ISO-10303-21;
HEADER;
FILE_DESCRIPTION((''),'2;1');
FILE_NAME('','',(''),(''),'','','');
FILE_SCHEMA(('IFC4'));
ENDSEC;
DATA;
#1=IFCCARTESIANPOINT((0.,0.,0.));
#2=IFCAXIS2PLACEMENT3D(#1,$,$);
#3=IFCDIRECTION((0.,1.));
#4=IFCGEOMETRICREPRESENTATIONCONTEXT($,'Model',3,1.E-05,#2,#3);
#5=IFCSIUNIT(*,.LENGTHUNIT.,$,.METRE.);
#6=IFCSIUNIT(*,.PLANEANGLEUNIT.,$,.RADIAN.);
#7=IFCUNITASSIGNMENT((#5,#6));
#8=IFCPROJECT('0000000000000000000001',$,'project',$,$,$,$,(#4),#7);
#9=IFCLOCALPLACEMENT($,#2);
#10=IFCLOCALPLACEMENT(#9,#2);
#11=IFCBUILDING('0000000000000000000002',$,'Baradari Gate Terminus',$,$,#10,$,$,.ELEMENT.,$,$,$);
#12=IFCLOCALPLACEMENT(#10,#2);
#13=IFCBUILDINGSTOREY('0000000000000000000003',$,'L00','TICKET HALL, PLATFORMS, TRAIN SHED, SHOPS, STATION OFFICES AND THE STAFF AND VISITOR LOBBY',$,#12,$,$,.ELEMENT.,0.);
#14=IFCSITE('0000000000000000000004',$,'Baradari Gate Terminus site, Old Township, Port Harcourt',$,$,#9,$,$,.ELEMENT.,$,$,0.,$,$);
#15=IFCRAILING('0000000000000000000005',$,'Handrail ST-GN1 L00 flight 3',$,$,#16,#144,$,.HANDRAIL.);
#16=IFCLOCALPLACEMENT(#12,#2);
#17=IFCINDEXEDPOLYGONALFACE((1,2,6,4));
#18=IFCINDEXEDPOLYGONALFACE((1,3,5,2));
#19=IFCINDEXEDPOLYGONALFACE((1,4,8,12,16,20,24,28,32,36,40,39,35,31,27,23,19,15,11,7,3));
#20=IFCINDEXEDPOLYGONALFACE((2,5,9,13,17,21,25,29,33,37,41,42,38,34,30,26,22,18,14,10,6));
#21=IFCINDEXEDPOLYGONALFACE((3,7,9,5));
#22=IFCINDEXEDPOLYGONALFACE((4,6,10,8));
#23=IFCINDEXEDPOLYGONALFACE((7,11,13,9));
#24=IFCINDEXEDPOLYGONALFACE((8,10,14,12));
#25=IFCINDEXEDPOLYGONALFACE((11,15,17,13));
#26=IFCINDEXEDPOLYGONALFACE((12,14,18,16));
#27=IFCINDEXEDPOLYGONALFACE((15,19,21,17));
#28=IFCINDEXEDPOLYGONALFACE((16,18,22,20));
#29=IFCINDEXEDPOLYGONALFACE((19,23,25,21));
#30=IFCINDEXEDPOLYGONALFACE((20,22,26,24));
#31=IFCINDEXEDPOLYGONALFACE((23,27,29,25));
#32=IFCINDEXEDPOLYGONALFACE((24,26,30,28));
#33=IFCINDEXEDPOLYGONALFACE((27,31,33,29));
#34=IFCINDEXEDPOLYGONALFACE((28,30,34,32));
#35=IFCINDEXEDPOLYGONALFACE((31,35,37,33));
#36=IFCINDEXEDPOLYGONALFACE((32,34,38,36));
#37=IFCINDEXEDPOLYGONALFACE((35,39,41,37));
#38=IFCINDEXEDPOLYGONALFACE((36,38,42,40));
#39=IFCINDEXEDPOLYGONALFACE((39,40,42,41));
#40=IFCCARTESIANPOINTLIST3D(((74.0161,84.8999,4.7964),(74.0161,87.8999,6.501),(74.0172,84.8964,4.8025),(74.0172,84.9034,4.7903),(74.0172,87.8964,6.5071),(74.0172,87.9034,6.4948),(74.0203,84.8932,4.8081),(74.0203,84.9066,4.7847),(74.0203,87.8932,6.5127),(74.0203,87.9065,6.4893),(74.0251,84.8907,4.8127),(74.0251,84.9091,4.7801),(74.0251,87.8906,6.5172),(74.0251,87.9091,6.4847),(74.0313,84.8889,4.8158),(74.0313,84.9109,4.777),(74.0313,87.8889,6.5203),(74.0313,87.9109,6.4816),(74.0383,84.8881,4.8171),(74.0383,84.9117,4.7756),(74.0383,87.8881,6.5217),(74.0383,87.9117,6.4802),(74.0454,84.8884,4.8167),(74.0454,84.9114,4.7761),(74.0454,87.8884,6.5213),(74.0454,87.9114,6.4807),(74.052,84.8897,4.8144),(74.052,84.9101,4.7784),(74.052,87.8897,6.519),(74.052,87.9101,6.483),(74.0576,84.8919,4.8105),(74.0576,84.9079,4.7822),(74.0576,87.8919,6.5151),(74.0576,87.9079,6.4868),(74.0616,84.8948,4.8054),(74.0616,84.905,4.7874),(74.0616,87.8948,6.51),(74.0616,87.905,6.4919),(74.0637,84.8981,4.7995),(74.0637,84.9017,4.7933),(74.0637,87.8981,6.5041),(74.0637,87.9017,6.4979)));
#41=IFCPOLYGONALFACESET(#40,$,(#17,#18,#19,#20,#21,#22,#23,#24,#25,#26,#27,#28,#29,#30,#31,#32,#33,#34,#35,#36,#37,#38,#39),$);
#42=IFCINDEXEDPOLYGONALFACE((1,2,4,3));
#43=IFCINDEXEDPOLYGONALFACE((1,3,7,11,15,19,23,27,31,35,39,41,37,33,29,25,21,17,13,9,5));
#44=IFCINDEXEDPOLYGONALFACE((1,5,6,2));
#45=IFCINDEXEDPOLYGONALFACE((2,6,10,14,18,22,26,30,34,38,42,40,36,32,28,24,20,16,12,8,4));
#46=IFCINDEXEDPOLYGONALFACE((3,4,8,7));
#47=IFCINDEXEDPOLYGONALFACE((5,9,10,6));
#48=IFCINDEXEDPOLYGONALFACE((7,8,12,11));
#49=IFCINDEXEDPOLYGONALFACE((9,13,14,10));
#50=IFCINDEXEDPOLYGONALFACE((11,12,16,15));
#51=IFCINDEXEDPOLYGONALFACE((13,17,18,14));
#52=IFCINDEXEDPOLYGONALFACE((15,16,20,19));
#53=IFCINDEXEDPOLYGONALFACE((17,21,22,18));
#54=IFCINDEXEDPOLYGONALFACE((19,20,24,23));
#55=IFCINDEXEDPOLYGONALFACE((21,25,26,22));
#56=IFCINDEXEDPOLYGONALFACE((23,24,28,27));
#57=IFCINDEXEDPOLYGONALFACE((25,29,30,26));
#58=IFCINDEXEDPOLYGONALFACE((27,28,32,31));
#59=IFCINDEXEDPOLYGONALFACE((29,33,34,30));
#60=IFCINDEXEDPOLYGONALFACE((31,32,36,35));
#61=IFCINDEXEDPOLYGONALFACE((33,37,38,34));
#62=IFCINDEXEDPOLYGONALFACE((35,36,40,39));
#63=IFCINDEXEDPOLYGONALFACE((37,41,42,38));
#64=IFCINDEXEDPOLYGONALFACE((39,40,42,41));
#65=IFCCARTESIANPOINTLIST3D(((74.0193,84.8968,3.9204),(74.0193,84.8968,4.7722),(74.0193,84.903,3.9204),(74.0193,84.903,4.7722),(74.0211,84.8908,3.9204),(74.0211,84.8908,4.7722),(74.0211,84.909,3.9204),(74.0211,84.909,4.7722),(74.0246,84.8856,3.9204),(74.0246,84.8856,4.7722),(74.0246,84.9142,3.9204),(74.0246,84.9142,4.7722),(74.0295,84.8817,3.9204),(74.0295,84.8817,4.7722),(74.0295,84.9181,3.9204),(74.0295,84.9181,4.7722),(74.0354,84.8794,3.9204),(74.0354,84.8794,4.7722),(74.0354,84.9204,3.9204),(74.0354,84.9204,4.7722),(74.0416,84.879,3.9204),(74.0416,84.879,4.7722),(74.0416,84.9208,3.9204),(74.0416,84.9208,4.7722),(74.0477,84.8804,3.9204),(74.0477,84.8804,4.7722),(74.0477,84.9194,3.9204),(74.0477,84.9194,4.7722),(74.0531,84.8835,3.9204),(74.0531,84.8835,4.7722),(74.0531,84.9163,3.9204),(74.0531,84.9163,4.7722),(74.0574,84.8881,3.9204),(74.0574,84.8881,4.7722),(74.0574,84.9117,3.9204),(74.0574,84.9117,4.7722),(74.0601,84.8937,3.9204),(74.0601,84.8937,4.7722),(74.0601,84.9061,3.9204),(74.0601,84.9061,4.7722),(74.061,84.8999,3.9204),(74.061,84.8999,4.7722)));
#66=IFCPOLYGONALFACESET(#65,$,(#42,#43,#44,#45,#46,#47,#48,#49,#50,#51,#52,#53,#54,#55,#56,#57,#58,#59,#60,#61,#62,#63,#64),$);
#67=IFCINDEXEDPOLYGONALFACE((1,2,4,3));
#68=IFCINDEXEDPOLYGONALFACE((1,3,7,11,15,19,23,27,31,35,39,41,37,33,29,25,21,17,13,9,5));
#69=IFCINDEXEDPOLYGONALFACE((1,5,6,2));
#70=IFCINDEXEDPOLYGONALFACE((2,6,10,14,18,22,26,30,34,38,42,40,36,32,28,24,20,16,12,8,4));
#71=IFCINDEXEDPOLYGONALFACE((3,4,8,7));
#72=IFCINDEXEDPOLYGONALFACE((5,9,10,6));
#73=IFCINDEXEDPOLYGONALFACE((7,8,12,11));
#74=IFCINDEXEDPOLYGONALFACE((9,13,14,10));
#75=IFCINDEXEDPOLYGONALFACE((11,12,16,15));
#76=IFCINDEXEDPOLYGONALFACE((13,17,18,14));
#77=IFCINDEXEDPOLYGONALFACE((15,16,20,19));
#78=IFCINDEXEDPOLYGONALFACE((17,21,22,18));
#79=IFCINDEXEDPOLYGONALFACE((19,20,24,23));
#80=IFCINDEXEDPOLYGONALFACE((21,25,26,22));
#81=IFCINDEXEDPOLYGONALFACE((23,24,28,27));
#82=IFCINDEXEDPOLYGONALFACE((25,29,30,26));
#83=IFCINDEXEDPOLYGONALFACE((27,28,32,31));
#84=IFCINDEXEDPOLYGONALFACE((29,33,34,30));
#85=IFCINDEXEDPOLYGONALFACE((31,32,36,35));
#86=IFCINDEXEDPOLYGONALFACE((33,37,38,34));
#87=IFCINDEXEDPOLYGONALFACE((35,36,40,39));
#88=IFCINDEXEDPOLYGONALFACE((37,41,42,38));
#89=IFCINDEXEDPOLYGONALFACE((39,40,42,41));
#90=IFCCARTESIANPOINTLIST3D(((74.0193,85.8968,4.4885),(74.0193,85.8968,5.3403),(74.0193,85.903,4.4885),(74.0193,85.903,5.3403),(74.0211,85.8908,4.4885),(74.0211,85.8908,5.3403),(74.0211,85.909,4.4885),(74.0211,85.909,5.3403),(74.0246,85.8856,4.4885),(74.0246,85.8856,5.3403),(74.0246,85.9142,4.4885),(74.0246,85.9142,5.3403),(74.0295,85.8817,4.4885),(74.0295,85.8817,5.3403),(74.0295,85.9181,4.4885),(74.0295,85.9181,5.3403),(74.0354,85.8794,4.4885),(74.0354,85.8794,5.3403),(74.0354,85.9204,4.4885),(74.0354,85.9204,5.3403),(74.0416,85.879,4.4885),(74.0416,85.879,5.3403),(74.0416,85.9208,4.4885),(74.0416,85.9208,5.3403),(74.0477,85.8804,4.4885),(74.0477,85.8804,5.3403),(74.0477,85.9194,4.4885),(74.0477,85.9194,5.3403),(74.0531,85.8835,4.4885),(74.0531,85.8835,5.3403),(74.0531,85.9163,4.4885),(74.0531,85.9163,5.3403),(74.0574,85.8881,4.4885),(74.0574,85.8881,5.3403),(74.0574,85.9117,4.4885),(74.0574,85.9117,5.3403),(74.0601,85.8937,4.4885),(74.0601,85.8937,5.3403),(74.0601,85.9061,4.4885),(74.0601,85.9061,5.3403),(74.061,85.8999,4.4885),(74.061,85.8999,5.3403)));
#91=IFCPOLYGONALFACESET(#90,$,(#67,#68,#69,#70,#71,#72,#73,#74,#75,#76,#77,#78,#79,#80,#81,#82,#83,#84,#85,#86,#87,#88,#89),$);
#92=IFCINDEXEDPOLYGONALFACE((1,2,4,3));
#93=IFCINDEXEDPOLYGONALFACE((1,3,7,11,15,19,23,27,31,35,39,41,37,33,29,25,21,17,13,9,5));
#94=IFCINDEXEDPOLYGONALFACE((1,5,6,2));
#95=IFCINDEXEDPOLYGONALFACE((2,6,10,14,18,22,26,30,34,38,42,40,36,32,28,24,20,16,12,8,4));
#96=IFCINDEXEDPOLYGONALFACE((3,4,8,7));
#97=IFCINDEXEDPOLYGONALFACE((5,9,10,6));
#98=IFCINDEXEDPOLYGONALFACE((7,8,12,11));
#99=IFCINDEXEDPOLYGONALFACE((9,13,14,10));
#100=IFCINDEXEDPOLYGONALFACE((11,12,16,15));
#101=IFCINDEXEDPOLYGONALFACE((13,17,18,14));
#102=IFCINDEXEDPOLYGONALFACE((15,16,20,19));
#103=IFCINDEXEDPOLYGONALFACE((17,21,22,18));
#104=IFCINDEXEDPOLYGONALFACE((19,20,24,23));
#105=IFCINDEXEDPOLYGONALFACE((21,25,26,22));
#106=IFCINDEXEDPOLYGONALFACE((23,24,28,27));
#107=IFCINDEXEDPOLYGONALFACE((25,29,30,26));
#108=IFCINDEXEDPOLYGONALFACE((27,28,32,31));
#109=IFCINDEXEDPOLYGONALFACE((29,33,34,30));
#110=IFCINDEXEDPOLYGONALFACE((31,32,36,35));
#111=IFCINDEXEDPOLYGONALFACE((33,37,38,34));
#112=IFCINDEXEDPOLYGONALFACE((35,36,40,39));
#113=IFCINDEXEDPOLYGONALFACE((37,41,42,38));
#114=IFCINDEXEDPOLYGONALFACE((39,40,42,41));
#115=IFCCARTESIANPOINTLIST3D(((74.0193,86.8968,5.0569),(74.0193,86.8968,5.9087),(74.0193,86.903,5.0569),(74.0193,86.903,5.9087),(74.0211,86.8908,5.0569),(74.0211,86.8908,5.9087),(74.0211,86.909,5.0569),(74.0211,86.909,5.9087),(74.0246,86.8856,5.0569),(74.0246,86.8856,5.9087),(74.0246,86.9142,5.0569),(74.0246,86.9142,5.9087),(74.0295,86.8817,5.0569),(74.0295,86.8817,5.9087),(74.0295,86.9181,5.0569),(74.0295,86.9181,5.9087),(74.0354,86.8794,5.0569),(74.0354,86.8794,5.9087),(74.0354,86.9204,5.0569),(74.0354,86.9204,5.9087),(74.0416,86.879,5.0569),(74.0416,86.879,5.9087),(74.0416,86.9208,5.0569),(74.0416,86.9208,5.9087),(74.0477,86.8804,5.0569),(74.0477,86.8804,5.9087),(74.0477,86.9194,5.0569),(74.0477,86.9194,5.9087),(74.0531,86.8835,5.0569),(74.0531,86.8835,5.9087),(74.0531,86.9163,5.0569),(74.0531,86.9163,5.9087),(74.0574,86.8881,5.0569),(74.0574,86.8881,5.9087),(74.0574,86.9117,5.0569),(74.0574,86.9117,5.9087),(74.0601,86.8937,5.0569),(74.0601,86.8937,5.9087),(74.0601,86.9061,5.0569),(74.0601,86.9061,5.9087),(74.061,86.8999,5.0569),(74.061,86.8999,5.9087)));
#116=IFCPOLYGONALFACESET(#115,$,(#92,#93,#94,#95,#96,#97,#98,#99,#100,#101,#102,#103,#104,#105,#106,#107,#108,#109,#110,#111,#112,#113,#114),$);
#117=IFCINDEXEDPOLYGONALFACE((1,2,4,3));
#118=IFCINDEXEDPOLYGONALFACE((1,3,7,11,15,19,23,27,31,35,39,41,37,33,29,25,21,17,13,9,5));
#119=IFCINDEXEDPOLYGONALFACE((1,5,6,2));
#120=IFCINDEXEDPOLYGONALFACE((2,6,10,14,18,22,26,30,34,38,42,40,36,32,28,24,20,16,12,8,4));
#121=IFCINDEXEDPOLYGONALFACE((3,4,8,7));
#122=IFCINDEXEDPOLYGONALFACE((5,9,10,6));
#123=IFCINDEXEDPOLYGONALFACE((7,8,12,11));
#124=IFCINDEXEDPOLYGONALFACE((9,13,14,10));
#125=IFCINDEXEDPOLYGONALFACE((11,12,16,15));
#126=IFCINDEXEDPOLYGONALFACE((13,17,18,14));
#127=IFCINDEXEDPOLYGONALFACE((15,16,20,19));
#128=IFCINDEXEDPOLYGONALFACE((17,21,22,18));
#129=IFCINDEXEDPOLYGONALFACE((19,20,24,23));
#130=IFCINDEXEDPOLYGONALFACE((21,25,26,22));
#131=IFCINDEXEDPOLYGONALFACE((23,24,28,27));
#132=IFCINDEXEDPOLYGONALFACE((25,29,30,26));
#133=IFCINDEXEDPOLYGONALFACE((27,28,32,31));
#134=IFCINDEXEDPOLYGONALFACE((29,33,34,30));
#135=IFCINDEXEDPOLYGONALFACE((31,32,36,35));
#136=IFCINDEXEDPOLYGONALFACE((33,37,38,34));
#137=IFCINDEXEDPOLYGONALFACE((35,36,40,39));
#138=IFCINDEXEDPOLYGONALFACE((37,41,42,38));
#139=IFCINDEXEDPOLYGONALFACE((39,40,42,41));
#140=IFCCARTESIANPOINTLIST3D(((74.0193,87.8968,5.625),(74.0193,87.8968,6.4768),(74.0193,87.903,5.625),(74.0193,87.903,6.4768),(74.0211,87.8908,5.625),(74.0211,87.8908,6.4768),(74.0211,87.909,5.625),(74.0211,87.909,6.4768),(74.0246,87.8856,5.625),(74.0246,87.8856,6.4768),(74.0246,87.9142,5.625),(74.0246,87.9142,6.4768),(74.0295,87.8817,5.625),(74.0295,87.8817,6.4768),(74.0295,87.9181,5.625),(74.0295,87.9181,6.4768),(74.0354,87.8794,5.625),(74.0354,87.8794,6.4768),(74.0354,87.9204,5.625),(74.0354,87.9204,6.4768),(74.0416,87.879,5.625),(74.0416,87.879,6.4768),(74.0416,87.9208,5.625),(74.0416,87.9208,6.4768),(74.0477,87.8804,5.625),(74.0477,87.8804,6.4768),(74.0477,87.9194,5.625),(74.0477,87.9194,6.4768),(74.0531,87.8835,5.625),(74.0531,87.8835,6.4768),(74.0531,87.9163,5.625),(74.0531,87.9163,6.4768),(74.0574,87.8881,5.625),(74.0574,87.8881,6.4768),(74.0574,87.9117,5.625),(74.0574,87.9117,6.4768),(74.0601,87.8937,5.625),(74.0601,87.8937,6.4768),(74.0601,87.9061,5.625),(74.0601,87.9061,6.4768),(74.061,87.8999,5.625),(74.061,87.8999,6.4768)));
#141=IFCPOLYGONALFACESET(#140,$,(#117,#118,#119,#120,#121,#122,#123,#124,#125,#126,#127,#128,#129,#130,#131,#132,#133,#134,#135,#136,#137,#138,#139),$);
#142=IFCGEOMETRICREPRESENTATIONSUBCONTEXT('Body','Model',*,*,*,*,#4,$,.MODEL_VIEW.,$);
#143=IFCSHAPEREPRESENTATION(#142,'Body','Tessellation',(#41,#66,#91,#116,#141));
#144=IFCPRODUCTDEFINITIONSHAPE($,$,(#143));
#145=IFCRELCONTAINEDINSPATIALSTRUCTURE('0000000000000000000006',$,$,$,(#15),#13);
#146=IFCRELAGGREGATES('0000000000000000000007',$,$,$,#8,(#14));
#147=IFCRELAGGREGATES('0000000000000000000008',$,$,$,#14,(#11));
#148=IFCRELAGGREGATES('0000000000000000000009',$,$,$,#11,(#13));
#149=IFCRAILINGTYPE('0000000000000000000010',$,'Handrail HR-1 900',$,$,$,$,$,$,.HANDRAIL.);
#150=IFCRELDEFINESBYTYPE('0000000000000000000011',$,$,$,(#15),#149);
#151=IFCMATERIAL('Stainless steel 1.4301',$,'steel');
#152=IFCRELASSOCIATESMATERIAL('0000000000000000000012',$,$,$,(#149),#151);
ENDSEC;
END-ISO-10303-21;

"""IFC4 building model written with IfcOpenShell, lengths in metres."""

from ifc_helpers import new_model, si_unit, direction, frame, origin, origin_2d, place, context, subcontext, project, spatial, circle, extrude, material, type_object, element, save


model = new_model("IFC4")

# Units and contexts
model_context = context("Model", 3, precision=1e-05, world=origin(), true_north=direction((0.0, 1.0)))
body_context = subcontext(model_context, "Body", "Model", "MODEL_VIEW")
ifc_project = project(units=[si_unit("LENGTHUNIT", "METRE"), si_unit("PLANEANGLEUNIT", "RADIAN")], contexts=[model_context])

# Site, building, storey
site_placement = place(None, origin())
site = spatial("IfcSite", under=ifc_project, at=site_placement, Name="Baradari Gate Terminus site, Old Township, Port Harcourt", CompositionType="ELEMENT", RefElevation=0.0)
building_placement = place(site_placement, origin())
building = spatial("IfcBuilding", under=site, at=building_placement, Name="Baradari Gate Terminus", CompositionType="ELEMENT")
storey_placement = place(building_placement, origin())
storey = spatial("IfcBuildingStorey", under=building, at=storey_placement, Name="L00", Description="TICKET HALL, PLATFORMS, TRAIN SHED, SHOPS, STATION OFFICES AND THE STAFF AND VISITOR LOBBY", CompositionType="ELEMENT", Elevation=0.0)

# Railing
ifc_material_1 = material(Name="Stainless steel 1.4301", Category="steel")
railing_type_1 = type_object("IfcRailingType", Name="Handrail HR-1 900", PredefinedType="HANDRAIL", material=ifc_material_1)
for number, where, name in (
    (1, (74.04, 84.8999, 3.9204), "Handrail ST-GN1 L00 flight 3"),
):
    element("IfcRailing", number, at=place(storey_placement, frame(where)), inside=storey, type_object=railing_type_1, Name=name, PredefinedType="HANDRAIL", context=body_context, shape_type="SweptSolid", body=[
        extrude(circle(Radius=0.0239, at=origin_2d()), frame((0.0, 0.0, 0.876), z_axis=(0.0, 0.869451, 0.494019), x_axis=(-1.0, 0.0, 0.0)), (0.0, 0.0, 1.0), 3.4504),
        extrude(circle(Radius=0.021, at=origin_2d()), origin(), (0.0, 0.0, 1.0), 0.8518),
        extrude(circle(Radius=0.021, at=origin_2d()), frame((0.0, 1.0, 0.5681)), (0.0, 0.0, 1.0), 0.8518),
        extrude(circle(Radius=0.021, at=origin_2d()), frame((0.0, 2.0, 1.1365)), (0.0, 0.0, 1.0), 0.8518),
        extrude(circle(Radius=0.021, at=origin_2d()), frame((0.0, 3.0, 1.7046)), (0.0, 0.0, 1.0), 0.8518),
    ])

save(model, "model.ifc")
